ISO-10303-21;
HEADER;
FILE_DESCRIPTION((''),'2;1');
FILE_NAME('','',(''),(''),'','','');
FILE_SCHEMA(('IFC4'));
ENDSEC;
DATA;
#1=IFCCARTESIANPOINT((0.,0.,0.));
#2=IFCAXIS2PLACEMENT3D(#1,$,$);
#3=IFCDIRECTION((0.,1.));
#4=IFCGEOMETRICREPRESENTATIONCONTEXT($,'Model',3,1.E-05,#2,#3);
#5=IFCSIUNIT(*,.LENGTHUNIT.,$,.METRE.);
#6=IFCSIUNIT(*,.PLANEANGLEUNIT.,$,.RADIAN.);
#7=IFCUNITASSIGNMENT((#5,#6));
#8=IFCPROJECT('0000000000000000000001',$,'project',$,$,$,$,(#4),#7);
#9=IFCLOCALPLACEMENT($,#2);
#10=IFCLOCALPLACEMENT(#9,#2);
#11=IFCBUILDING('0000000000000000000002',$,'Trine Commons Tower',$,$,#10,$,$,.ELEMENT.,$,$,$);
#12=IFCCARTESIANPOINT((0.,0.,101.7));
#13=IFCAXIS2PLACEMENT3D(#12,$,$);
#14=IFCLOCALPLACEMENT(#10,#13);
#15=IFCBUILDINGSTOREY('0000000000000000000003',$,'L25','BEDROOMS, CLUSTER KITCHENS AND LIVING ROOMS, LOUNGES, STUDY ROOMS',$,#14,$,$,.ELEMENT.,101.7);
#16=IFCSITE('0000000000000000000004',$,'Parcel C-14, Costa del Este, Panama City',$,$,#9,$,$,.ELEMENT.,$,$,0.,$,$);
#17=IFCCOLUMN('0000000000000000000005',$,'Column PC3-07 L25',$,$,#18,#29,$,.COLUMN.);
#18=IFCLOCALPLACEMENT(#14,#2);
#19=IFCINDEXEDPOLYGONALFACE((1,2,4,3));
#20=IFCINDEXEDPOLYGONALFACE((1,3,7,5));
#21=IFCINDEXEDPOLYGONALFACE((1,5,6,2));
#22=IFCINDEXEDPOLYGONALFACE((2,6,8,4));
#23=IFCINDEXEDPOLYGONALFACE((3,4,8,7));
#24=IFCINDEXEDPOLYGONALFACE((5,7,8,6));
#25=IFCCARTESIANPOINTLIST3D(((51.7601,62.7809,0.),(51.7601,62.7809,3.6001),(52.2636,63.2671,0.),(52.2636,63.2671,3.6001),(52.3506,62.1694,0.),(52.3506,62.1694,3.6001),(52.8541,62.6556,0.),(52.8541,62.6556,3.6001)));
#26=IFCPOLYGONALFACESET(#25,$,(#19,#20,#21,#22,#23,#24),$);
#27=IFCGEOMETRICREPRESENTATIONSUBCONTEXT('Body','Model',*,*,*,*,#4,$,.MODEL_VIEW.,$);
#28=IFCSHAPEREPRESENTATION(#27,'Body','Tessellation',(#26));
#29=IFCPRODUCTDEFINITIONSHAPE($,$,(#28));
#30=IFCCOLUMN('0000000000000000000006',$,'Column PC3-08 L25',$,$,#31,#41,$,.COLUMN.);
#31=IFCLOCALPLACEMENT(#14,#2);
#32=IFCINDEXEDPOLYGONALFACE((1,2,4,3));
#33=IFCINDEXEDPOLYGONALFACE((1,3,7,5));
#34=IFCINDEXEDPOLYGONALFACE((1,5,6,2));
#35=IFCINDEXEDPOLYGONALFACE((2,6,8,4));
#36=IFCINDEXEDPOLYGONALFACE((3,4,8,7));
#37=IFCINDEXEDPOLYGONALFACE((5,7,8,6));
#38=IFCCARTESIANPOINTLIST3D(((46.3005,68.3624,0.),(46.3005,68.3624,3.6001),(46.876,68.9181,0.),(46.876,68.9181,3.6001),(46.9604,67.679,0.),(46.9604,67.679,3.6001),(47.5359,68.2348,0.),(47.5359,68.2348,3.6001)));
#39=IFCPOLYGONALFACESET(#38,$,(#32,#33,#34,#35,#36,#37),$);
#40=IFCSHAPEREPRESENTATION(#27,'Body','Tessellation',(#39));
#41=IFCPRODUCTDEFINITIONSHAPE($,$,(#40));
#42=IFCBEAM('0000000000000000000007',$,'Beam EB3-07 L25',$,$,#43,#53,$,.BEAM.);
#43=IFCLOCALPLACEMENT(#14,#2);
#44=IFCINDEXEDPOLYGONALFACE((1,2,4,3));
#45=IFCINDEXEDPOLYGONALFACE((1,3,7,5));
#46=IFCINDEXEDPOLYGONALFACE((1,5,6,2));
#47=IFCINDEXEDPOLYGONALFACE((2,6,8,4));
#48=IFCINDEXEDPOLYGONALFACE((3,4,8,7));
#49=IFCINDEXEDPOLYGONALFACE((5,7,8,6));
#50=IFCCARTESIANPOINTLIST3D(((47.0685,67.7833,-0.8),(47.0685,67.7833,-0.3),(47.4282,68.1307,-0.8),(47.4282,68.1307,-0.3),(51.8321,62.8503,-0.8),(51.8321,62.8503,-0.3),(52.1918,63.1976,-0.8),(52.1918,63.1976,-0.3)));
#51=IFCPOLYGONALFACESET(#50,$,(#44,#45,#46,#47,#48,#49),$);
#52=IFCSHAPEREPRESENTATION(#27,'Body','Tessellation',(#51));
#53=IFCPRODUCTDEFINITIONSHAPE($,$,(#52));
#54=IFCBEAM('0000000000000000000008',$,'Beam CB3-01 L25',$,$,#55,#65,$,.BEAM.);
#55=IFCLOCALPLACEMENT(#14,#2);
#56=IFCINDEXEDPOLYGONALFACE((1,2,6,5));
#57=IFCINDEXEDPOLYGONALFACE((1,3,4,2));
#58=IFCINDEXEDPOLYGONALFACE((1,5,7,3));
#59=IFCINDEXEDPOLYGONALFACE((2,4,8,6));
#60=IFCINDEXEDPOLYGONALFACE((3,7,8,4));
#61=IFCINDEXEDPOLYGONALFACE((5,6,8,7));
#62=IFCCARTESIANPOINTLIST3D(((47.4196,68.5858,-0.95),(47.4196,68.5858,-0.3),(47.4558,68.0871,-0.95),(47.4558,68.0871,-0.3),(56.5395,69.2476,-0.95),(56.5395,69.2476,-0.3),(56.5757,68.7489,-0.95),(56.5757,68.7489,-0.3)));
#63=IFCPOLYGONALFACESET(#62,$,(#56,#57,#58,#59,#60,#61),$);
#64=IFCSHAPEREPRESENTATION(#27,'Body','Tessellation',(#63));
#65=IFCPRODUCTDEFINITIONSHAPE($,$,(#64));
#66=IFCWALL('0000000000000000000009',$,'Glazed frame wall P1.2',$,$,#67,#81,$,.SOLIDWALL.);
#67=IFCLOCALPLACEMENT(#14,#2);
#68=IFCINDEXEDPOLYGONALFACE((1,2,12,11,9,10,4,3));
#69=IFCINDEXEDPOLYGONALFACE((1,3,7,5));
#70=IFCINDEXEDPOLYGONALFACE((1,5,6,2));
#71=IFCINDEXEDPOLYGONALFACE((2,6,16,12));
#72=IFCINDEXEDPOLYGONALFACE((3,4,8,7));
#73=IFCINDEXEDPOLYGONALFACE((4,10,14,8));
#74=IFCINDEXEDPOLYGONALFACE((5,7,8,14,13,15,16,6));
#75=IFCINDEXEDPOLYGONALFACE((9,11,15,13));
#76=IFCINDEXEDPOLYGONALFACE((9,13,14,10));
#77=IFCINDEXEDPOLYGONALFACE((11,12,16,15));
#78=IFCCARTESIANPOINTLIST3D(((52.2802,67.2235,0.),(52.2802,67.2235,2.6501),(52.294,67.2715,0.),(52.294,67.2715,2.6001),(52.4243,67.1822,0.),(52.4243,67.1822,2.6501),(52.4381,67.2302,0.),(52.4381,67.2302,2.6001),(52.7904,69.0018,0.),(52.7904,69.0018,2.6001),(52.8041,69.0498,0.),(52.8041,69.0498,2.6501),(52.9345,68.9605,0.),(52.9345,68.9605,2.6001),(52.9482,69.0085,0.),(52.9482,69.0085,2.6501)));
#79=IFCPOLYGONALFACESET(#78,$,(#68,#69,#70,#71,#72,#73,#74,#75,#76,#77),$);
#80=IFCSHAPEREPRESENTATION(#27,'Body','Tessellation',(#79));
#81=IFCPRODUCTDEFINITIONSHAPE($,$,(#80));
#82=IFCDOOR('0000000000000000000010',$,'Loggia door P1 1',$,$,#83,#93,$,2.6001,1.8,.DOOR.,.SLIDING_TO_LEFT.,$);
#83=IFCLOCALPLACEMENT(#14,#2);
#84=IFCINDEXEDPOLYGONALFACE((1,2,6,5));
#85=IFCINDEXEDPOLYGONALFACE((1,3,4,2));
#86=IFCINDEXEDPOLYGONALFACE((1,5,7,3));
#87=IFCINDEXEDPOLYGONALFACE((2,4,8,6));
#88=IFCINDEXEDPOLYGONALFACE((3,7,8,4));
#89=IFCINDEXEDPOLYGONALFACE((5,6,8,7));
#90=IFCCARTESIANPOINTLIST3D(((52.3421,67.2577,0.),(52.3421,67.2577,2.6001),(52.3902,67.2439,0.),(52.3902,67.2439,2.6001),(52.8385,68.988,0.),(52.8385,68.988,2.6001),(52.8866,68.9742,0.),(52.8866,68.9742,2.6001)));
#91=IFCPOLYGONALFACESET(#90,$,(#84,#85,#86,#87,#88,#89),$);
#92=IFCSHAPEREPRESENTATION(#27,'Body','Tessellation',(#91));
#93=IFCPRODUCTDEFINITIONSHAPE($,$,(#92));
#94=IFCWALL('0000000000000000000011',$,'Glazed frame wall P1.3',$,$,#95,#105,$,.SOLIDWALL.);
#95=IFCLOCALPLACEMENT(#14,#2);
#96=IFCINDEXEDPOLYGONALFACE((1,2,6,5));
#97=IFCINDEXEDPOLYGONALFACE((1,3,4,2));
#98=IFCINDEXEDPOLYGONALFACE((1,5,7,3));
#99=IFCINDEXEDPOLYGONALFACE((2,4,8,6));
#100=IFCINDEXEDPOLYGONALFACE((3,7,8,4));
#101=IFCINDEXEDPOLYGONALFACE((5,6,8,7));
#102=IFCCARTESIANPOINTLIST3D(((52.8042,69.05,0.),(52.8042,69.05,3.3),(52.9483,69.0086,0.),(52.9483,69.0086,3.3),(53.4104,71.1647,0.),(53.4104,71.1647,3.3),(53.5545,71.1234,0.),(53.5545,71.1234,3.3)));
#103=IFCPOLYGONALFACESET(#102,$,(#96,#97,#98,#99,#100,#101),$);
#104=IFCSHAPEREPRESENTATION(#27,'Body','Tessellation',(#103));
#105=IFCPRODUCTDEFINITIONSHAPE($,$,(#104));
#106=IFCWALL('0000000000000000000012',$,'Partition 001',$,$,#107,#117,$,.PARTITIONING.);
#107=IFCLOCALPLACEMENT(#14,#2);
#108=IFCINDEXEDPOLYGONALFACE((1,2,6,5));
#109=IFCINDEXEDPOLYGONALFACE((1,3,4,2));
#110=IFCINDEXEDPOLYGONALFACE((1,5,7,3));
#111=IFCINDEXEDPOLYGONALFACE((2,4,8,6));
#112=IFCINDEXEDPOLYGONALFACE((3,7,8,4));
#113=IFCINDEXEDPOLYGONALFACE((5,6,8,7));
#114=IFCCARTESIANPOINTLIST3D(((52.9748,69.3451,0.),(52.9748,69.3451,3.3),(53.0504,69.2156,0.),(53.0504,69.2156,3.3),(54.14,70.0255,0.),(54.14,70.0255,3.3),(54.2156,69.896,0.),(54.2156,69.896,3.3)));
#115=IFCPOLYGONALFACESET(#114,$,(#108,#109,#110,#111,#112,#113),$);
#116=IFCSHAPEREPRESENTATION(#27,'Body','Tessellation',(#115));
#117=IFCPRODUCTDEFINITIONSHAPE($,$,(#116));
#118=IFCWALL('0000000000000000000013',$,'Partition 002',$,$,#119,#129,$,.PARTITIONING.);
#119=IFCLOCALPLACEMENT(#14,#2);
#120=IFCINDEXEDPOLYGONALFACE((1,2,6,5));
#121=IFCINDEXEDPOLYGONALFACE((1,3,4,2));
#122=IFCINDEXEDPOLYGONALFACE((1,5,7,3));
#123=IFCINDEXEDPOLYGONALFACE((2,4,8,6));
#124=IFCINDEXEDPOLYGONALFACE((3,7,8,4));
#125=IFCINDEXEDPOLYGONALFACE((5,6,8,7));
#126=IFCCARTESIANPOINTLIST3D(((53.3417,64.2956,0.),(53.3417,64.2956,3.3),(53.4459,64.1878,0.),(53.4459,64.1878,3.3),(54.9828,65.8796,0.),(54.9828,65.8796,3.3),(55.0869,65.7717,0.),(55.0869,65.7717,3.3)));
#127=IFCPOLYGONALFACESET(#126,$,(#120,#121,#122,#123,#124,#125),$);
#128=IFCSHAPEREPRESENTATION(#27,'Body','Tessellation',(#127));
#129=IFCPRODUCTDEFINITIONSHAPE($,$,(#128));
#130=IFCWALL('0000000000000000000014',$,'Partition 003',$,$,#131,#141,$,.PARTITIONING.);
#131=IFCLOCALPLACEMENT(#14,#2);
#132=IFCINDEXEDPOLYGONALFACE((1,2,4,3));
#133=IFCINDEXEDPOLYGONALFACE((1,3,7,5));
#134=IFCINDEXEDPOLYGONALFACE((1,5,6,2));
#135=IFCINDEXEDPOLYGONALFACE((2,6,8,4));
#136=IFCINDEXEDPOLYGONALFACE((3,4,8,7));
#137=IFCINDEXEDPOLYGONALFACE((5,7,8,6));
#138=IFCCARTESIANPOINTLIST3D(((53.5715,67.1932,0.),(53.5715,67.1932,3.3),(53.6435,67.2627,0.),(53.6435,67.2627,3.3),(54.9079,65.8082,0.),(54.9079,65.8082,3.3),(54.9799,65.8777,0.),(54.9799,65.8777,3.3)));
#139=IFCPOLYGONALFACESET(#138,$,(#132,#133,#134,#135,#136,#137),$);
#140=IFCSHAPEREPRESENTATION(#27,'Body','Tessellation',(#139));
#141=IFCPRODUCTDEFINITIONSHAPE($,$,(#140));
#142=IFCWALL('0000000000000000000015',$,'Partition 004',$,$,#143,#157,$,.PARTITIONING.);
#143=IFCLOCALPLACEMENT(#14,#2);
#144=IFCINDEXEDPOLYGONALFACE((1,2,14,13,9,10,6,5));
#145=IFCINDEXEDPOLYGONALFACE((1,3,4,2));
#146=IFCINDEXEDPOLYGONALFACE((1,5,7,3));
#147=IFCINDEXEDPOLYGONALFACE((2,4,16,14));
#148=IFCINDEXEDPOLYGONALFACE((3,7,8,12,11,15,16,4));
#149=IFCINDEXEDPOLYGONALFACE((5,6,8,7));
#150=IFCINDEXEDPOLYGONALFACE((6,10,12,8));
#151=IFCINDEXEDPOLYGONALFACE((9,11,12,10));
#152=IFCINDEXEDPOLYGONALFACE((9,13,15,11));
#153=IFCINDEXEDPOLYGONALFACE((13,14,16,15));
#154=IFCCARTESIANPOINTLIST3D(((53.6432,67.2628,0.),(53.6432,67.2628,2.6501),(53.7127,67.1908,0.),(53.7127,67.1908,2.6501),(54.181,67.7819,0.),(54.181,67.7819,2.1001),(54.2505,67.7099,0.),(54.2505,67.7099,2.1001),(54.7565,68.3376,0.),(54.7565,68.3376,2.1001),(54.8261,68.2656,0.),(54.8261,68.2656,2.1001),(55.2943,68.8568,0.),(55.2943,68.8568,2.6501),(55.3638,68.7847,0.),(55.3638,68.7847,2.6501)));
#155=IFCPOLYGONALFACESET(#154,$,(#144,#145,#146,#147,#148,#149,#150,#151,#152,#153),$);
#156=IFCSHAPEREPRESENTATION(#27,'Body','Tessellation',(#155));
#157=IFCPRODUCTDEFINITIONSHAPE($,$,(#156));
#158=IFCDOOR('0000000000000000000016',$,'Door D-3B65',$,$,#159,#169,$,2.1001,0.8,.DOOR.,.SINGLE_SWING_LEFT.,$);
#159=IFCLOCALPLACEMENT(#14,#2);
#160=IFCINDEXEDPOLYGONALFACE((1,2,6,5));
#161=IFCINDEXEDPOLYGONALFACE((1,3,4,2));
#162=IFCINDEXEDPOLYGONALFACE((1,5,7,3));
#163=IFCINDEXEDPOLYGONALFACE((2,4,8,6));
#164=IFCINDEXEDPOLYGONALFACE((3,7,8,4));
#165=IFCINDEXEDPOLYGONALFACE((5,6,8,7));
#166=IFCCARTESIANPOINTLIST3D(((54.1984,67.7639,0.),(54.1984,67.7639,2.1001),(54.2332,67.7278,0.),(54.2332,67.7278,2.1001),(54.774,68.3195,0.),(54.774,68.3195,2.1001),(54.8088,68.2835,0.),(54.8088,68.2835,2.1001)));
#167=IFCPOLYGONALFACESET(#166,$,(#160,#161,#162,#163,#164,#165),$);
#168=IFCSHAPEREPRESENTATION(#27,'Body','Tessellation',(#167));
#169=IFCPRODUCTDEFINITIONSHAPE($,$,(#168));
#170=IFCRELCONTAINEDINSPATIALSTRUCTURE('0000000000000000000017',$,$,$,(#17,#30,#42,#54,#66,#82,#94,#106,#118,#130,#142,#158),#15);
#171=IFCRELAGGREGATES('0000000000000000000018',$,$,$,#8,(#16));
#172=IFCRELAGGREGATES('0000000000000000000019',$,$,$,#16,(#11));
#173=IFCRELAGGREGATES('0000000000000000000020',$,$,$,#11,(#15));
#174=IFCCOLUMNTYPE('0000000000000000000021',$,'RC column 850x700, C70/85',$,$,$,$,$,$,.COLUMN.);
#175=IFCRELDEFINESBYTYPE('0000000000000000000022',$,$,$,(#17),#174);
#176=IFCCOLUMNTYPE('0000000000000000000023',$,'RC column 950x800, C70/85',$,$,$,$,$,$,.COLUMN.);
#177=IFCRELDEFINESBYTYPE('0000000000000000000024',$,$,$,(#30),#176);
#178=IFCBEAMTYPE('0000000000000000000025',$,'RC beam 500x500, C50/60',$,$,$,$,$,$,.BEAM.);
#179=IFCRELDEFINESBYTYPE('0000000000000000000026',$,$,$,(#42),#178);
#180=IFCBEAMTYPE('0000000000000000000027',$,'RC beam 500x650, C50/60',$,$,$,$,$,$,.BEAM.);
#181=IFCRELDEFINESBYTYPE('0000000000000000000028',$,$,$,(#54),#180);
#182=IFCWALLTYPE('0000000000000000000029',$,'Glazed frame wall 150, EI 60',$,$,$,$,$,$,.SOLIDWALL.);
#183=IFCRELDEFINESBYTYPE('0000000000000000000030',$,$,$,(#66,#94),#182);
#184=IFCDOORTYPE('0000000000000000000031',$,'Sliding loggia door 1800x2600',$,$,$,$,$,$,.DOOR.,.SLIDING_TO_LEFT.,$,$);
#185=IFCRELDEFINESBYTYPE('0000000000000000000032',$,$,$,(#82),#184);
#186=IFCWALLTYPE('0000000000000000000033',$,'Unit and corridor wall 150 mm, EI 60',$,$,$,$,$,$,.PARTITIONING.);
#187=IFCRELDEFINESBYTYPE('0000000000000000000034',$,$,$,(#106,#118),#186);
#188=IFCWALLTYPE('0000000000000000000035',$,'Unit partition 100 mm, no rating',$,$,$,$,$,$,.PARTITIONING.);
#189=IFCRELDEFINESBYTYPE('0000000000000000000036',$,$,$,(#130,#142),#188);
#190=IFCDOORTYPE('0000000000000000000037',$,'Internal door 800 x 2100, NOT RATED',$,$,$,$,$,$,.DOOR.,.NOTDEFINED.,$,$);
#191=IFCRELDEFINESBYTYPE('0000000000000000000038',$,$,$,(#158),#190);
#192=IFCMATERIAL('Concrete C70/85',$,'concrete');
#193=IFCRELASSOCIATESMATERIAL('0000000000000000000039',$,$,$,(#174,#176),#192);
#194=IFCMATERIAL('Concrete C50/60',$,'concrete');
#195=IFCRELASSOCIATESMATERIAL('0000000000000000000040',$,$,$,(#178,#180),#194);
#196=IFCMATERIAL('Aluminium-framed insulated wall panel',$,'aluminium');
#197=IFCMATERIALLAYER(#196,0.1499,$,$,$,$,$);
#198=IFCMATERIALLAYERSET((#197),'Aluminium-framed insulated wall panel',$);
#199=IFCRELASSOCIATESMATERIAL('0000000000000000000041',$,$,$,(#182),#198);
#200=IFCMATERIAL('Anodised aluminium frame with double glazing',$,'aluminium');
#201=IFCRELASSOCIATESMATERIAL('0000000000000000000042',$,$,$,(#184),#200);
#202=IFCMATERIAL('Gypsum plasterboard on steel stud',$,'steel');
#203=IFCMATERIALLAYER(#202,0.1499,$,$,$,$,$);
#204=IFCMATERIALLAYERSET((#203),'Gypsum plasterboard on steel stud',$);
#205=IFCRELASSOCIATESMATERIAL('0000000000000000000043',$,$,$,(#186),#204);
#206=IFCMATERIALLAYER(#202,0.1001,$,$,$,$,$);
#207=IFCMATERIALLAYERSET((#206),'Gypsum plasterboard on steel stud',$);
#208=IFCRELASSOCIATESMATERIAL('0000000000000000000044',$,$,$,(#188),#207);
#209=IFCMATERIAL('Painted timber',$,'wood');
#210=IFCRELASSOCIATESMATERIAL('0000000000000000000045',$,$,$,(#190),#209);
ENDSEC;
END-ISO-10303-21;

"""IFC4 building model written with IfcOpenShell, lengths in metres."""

from ifc_helpers import new_model, si_unit, direction, frame, frame_2d, origin, origin_2d, place, context, subcontext, project, spatial, polyline, rectangle, outline, extrude, material, layer, layer_set, material_profile, profile_set, type_object, element, fill, save


model = new_model("IFC4")

# Units and contexts
model_context = context("Model", 3, precision=1e-05, world=origin(), true_north=direction((0.0, 1.0)))
body_context = subcontext(model_context, "Body", "Model", "MODEL_VIEW")
ifc_project = project(units=[si_unit("LENGTHUNIT", "METRE"), si_unit("PLANEANGLEUNIT", "RADIAN")], contexts=[model_context])

# Site, building, storey
site_placement = place(None, origin())
site = spatial("IfcSite", under=ifc_project, at=site_placement, Name="Parcel C-14, Costa del Este, Panama City", CompositionType="ELEMENT", RefElevation=0.0)
building_placement = place(site_placement, origin())
building = spatial("IfcBuilding", under=site, at=building_placement, Name="Trine Commons Tower", CompositionType="ELEMENT")
storey_placement = place(building_placement, frame((0.0, 0.0, 101.7)))
storey = spatial("IfcBuildingStorey", under=building, at=storey_placement, Name="L25", Description="BEDROOMS, CLUSTER KITCHENS AND LIVING ROOMS, LOUNGES, STUDY ROOMS", CompositionType="ELEMENT", Elevation=101.7)

# Columns
ifc_material_1 = material(Name="Concrete C70/85", Category="concrete")
ifc_material_profile_1 = material_profile(ifc_material_1, rectangle(XDim=0.8501, YDim=0.7, at=origin_2d()), Name="RC 850x700")
ifc_profile_set_1 = profile_set([ifc_material_profile_1], Name="Concrete C70/85")
column_type_1 = type_object("IfcColumnType", Name="RC column 850x700, C70/85", PredefinedType="COLUMN", material=ifc_profile_set_1)
column_1_placement = place(storey_placement, frame((52.3071, 62.7183, 0.0), z_axis=(0.0, 0.0, 1.0), x_axis=(-0.694658, 0.71934, 0.0)))
element("IfcColumn", 1, at=column_1_placement, inside=storey, type_object=column_type_1, Name="Column PC3-07 L25", PredefinedType="COLUMN", context=body_context, shape_type="SweptSolid", body=[
    extrude(rectangle(XDim=0.8501, YDim=0.7, at=origin_2d()), origin(), (0.0, 0.0, 1.0), 3.6001),
])
ifc_material_profile_2 = material_profile(ifc_material_1, rectangle(XDim=0.95, YDim=0.8, at=origin_2d()), Name="RC 950x800")
ifc_profile_set_2 = profile_set([ifc_material_profile_2], Name="Concrete C70/85")
column_type_2 = type_object("IfcColumnType", Name="RC column 950x800, C70/85", PredefinedType="COLUMN", material=ifc_profile_set_2)
column_2_placement = place(storey_placement, frame((46.9182, 68.2986, 0.0), z_axis=(0.0, 0.0, 1.0), x_axis=(-0.694658, 0.71934, 0.0)))
element("IfcColumn", 2, at=column_2_placement, inside=storey, type_object=column_type_2, Name="Column PC3-08 L25", PredefinedType="COLUMN", context=body_context, shape_type="SweptSolid", body=[
    extrude(rectangle(XDim=0.95, YDim=0.8, at=origin_2d()), origin(), (0.0, 0.0, 1.0), 3.6001),
])

# Beams
ifc_material_2 = material(Name="Concrete C50/60", Category="concrete")
ifc_material_profile_3 = material_profile(ifc_material_2, rectangle(XDim=0.5, YDim=0.5, at=origin_2d()), Name="RC 500x500")
ifc_profile_set_3 = profile_set([ifc_material_profile_3], Name="Concrete C50/60")
beam_type_1 = type_object("IfcBeamType", Name="RC beam 500x500, C50/60", PredefinedType="BEAM", material=ifc_profile_set_3)
beam_1_placement = place(storey_placement, frame((52.012, 63.0239, -0.55), z_axis=(-0.694645, 0.719352, 0.0), x_axis=(-0.719352, -0.694645, 0.0)))
element("IfcBeam", 3, at=beam_1_placement, inside=storey, type_object=beam_type_1, Name="Beam EB3-07 L25", PredefinedType="BEAM", context=body_context, shape_type="SweptSolid", body=[
    extrude(rectangle(XDim=0.5, YDim=0.5, at=origin_2d()), origin(), (0.0, 0.0, 1.0), 6.8577),
])
ifc_material_profile_4 = material_profile(ifc_material_2, rectangle(XDim=0.5, YDim=0.6499, at=origin_2d()), Name="RC 500x650")
ifc_profile_set_4 = profile_set([ifc_material_profile_4], Name="Concrete C50/60")
beam_type_2 = type_object("IfcBeamType", Name="RC beam 500x650, C50/60", PredefinedType="BEAM", material=ifc_profile_set_4)
beam_2_placement = place(storey_placement, frame((47.4377, 68.3364, -0.625), z_axis=(0.997377, 0.072384, 0.0), x_axis=(-0.072384, 0.997377, 0.0)))
element("IfcBeam", 4, at=beam_2_placement, inside=storey, type_object=beam_type_2, Name="Beam CB3-01 L25", PredefinedType="BEAM", context=body_context, shape_type="SweptSolid", body=[
    extrude(rectangle(XDim=0.5, YDim=0.6499, at=origin_2d()), origin(), (0.0, 0.0, 1.0), 9.1438),
])

# Shared definitions
ifc_material_3 = material(Name="Aluminium-framed insulated wall panel", Category="aluminium")
ifc_layer_1 = layer(ifc_material_3, 0.1499)
ifc_layer_set_1 = layer_set([ifc_layer_1], Name="Aluminium-framed insulated wall panel")
wall_type_1 = type_object("IfcWallType", Name="Glazed frame wall 150, EI 60", PredefinedType="SOLIDWALL", material=ifc_layer_set_1)

# Wall, opening, door
wall_1_placement = place(storey_placement, frame((52.3523, 67.2029, 0.0), z_axis=(0.0, 0.0, 1.0), x_axis=(0.275739, 0.961232, 0.0)))
wall_1 = element("IfcWall", 5, at=wall_1_placement, inside=storey, type_object=wall_type_1, Name="Glazed frame wall P1.2", PredefinedType="SOLIDWALL", context=body_context, shape_type="SweptSolid", body=[
    extrude(outline(polyline([(0.0, -0.075), (1.8999, -0.075), (1.8999, 0.075), (0.0, 0.075), (0.0, -0.075)])), origin(), (0.0, 0.0, 1.0), 2.6501),
])
opening_1_placement = place(wall_1_placement, frame((0.05, 0.0, 0.0)))
opening_1 = element("IfcOpeningElement", 6, at=opening_1_placement, cuts=wall_1, PredefinedType="OPENING", context=body_context, shape_type="SweptSolid", body=[
    extrude(rectangle(XDim=1.8, YDim=2.6001, at=frame_2d((0.8999, 1.3))), frame((0.0, 0.085, 0.0), z_axis=(0.0, -1.0, 0.0), x_axis=(1.0, 0.0, 0.0)), (0.0, 0.0, 1.0), 0.1699),
])
ifc_material_4 = material(Name="Anodised aluminium frame with double glazing", Category="aluminium")
door_type_1 = type_object("IfcDoorType", Name="Sliding loggia door 1800x2600", OperationType="SLIDING_TO_LEFT", PredefinedType="DOOR", material=ifc_material_4)
door_1_placement = place(opening_1_placement, origin())
door_1 = element("IfcDoor", 7, at=door_1_placement, inside=storey, type_object=door_type_1, Name="Loggia door P1 1", OperationType="SLIDING_TO_LEFT", OverallHeight=2.6001, OverallWidth=1.8, PredefinedType="DOOR", context=body_context, shape_type="SweptSolid", body=[
    extrude(rectangle(XDim=1.8, YDim=2.6001, at=frame_2d((0.8999, 1.3))), frame((0.0, 0.0249, 0.0), z_axis=(0.0, -1.0, 0.0), x_axis=(1.0, 0.0, 0.0)), (0.0, 0.0, 1.0), 0.05),
])
fill(opening_1, door_1)

# Walls
wall_2_placement = place(storey_placement, frame((52.8762, 69.0293, 0.0), z_axis=(0.0, 0.0, 1.0), x_axis=(0.275556, 0.961285, 0.0)))
element("IfcWall", 8, at=wall_2_placement, inside=storey, type_object=wall_type_1, Name="Glazed frame wall P1.3", PredefinedType="SOLIDWALL", context=body_context, shape_type="SweptSolid", body=[
    extrude(outline(polyline([(0.0, -0.075), (2.2, -0.075), (2.2, 0.075), (0.0, 0.075), (0.0, -0.075)])), origin(), (0.0, 0.0, 1.0), 3.3),
])
ifc_material_5 = material(Name="Gypsum plasterboard on steel stud", Category="steel")
ifc_layer_2 = layer(ifc_material_5, 0.1499)
ifc_layer_set_2 = layer_set([ifc_layer_2], Name="Gypsum plasterboard on steel stud")
wall_type_2 = type_object("IfcWallType", Name="Unit and corridor wall 150 mm, EI 60", PredefinedType="PARTITIONING", material=ifc_layer_set_2)
wall_3_placement = place(storey_placement, frame((53.0125, 69.2803, 0.0), z_axis=(0.0, 0.0, 1.0), x_axis=(0.863562, 0.504242, 0.0)))
element("IfcWall", 9, at=wall_3_placement, inside=storey, type_object=wall_type_2, Name="Partition 001", PredefinedType="PARTITIONING", context=body_context, shape_type="SweptSolid", body=[
    extrude(rectangle(XDim=1.3494, YDim=0.1499, at=frame_2d((0.6748, 0.0))), origin(), (0.0, 0.0, 1.0), 3.3),
])
wall_4_placement = place(storey_placement, frame((53.3938, 64.2417, 0.0), z_axis=(0.0, 0.0, 1.0), x_axis=(0.719519, 0.694472, 0.0)))
element("IfcWall", 10, at=wall_4_placement, inside=storey, type_object=wall_type_2, Name="Partition 002", PredefinedType="PARTITIONING", context=body_context, shape_type="SweptSolid", body=[
    extrude(rectangle(XDim=2.2808, YDim=0.1499, at=frame_2d((1.1404, 0.0))), origin(), (0.0, 0.0, 1.0), 3.3),
])
ifc_layer_3 = layer(ifc_material_5, 0.1001)
ifc_layer_set_3 = layer_set([ifc_layer_3], Name="Gypsum plasterboard on steel stud")
wall_type_3 = type_object("IfcWallType", Name="Unit partition 100 mm, no rating", PredefinedType="PARTITIONING", material=ifc_layer_set_3)
wall_5_placement = place(storey_placement, frame((53.6074, 67.228, 0.0), z_axis=(0.0, 0.0, 1.0), x_axis=(0.694373, -0.719616, 0.0)))
element("IfcWall", 11, at=wall_5_placement, inside=storey, type_object=wall_type_3, Name="Partition 003", PredefinedType="PARTITIONING", context=body_context, shape_type="SweptSolid", body=[
    extrude(rectangle(XDim=1.9246, YDim=0.1001, at=frame_2d((0.9624, 0.0))), origin(), (0.0, 0.0, 1.0), 3.3),
])

# Wall, opening, door
wall_6_placement = place(storey_placement, frame((53.678, 67.2268, 0.0), z_axis=(0.0, 0.0, 1.0), x_axis=(0.719444, 0.694551, 0.0)))
wall_6 = element("IfcWall", 12, at=wall_6_placement, inside=storey, type_object=wall_type_3, Name="Partition 004", PredefinedType="PARTITIONING", context=body_context, shape_type="SweptSolid", body=[
    extrude(rectangle(XDim=2.2949, YDim=0.1001, at=frame_2d((1.1475, 0.0))), origin(), (0.0, 0.0, 1.0), 2.6501),
])
opening_2_placement = place(wall_6_placement, frame((0.7476, 0.0, 0.0)))
opening_2 = element("IfcOpeningElement", 13, at=opening_2_placement, cuts=wall_6, PredefinedType="OPENING", context=body_context, shape_type="SweptSolid", body=[
    extrude(rectangle(XDim=0.8, YDim=2.1001, at=frame_2d((0.3999, 1.05))), frame((0.0, 0.0601, 0.0), z_axis=(0.0, -1.0, 0.0), x_axis=(1.0, 0.0, 0.0)), (0.0, 0.0, 1.0), 0.1201),
])
ifc_material_6 = material(Name="Painted timber", Category="wood")
door_type_2 = type_object("IfcDoorType", Name="Internal door 800 x 2100, NOT RATED", OperationType="NOTDEFINED", PredefinedType="DOOR", material=ifc_material_6)
door_2_placement = place(opening_2_placement, origin())
door_2 = element("IfcDoor", 14, at=door_2_placement, inside=storey, type_object=door_type_2, Name="Door D-3B65", OperationType="SINGLE_SWING_LEFT", OverallHeight=2.1001, OverallWidth=0.8, PredefinedType="DOOR", context=body_context, shape_type="SweptSolid", body=[
    extrude(rectangle(XDim=0.8, YDim=2.1001, at=frame_2d((0.3999, 1.05))), frame((0.0, 0.0249, 0.0), z_axis=(0.0, -1.0, 0.0), x_axis=(1.0, 0.0, 0.0)), (0.0, 0.0, 1.0), 0.05),
])
fill(opening_2, door_2)

save(model, "model.ifc")
